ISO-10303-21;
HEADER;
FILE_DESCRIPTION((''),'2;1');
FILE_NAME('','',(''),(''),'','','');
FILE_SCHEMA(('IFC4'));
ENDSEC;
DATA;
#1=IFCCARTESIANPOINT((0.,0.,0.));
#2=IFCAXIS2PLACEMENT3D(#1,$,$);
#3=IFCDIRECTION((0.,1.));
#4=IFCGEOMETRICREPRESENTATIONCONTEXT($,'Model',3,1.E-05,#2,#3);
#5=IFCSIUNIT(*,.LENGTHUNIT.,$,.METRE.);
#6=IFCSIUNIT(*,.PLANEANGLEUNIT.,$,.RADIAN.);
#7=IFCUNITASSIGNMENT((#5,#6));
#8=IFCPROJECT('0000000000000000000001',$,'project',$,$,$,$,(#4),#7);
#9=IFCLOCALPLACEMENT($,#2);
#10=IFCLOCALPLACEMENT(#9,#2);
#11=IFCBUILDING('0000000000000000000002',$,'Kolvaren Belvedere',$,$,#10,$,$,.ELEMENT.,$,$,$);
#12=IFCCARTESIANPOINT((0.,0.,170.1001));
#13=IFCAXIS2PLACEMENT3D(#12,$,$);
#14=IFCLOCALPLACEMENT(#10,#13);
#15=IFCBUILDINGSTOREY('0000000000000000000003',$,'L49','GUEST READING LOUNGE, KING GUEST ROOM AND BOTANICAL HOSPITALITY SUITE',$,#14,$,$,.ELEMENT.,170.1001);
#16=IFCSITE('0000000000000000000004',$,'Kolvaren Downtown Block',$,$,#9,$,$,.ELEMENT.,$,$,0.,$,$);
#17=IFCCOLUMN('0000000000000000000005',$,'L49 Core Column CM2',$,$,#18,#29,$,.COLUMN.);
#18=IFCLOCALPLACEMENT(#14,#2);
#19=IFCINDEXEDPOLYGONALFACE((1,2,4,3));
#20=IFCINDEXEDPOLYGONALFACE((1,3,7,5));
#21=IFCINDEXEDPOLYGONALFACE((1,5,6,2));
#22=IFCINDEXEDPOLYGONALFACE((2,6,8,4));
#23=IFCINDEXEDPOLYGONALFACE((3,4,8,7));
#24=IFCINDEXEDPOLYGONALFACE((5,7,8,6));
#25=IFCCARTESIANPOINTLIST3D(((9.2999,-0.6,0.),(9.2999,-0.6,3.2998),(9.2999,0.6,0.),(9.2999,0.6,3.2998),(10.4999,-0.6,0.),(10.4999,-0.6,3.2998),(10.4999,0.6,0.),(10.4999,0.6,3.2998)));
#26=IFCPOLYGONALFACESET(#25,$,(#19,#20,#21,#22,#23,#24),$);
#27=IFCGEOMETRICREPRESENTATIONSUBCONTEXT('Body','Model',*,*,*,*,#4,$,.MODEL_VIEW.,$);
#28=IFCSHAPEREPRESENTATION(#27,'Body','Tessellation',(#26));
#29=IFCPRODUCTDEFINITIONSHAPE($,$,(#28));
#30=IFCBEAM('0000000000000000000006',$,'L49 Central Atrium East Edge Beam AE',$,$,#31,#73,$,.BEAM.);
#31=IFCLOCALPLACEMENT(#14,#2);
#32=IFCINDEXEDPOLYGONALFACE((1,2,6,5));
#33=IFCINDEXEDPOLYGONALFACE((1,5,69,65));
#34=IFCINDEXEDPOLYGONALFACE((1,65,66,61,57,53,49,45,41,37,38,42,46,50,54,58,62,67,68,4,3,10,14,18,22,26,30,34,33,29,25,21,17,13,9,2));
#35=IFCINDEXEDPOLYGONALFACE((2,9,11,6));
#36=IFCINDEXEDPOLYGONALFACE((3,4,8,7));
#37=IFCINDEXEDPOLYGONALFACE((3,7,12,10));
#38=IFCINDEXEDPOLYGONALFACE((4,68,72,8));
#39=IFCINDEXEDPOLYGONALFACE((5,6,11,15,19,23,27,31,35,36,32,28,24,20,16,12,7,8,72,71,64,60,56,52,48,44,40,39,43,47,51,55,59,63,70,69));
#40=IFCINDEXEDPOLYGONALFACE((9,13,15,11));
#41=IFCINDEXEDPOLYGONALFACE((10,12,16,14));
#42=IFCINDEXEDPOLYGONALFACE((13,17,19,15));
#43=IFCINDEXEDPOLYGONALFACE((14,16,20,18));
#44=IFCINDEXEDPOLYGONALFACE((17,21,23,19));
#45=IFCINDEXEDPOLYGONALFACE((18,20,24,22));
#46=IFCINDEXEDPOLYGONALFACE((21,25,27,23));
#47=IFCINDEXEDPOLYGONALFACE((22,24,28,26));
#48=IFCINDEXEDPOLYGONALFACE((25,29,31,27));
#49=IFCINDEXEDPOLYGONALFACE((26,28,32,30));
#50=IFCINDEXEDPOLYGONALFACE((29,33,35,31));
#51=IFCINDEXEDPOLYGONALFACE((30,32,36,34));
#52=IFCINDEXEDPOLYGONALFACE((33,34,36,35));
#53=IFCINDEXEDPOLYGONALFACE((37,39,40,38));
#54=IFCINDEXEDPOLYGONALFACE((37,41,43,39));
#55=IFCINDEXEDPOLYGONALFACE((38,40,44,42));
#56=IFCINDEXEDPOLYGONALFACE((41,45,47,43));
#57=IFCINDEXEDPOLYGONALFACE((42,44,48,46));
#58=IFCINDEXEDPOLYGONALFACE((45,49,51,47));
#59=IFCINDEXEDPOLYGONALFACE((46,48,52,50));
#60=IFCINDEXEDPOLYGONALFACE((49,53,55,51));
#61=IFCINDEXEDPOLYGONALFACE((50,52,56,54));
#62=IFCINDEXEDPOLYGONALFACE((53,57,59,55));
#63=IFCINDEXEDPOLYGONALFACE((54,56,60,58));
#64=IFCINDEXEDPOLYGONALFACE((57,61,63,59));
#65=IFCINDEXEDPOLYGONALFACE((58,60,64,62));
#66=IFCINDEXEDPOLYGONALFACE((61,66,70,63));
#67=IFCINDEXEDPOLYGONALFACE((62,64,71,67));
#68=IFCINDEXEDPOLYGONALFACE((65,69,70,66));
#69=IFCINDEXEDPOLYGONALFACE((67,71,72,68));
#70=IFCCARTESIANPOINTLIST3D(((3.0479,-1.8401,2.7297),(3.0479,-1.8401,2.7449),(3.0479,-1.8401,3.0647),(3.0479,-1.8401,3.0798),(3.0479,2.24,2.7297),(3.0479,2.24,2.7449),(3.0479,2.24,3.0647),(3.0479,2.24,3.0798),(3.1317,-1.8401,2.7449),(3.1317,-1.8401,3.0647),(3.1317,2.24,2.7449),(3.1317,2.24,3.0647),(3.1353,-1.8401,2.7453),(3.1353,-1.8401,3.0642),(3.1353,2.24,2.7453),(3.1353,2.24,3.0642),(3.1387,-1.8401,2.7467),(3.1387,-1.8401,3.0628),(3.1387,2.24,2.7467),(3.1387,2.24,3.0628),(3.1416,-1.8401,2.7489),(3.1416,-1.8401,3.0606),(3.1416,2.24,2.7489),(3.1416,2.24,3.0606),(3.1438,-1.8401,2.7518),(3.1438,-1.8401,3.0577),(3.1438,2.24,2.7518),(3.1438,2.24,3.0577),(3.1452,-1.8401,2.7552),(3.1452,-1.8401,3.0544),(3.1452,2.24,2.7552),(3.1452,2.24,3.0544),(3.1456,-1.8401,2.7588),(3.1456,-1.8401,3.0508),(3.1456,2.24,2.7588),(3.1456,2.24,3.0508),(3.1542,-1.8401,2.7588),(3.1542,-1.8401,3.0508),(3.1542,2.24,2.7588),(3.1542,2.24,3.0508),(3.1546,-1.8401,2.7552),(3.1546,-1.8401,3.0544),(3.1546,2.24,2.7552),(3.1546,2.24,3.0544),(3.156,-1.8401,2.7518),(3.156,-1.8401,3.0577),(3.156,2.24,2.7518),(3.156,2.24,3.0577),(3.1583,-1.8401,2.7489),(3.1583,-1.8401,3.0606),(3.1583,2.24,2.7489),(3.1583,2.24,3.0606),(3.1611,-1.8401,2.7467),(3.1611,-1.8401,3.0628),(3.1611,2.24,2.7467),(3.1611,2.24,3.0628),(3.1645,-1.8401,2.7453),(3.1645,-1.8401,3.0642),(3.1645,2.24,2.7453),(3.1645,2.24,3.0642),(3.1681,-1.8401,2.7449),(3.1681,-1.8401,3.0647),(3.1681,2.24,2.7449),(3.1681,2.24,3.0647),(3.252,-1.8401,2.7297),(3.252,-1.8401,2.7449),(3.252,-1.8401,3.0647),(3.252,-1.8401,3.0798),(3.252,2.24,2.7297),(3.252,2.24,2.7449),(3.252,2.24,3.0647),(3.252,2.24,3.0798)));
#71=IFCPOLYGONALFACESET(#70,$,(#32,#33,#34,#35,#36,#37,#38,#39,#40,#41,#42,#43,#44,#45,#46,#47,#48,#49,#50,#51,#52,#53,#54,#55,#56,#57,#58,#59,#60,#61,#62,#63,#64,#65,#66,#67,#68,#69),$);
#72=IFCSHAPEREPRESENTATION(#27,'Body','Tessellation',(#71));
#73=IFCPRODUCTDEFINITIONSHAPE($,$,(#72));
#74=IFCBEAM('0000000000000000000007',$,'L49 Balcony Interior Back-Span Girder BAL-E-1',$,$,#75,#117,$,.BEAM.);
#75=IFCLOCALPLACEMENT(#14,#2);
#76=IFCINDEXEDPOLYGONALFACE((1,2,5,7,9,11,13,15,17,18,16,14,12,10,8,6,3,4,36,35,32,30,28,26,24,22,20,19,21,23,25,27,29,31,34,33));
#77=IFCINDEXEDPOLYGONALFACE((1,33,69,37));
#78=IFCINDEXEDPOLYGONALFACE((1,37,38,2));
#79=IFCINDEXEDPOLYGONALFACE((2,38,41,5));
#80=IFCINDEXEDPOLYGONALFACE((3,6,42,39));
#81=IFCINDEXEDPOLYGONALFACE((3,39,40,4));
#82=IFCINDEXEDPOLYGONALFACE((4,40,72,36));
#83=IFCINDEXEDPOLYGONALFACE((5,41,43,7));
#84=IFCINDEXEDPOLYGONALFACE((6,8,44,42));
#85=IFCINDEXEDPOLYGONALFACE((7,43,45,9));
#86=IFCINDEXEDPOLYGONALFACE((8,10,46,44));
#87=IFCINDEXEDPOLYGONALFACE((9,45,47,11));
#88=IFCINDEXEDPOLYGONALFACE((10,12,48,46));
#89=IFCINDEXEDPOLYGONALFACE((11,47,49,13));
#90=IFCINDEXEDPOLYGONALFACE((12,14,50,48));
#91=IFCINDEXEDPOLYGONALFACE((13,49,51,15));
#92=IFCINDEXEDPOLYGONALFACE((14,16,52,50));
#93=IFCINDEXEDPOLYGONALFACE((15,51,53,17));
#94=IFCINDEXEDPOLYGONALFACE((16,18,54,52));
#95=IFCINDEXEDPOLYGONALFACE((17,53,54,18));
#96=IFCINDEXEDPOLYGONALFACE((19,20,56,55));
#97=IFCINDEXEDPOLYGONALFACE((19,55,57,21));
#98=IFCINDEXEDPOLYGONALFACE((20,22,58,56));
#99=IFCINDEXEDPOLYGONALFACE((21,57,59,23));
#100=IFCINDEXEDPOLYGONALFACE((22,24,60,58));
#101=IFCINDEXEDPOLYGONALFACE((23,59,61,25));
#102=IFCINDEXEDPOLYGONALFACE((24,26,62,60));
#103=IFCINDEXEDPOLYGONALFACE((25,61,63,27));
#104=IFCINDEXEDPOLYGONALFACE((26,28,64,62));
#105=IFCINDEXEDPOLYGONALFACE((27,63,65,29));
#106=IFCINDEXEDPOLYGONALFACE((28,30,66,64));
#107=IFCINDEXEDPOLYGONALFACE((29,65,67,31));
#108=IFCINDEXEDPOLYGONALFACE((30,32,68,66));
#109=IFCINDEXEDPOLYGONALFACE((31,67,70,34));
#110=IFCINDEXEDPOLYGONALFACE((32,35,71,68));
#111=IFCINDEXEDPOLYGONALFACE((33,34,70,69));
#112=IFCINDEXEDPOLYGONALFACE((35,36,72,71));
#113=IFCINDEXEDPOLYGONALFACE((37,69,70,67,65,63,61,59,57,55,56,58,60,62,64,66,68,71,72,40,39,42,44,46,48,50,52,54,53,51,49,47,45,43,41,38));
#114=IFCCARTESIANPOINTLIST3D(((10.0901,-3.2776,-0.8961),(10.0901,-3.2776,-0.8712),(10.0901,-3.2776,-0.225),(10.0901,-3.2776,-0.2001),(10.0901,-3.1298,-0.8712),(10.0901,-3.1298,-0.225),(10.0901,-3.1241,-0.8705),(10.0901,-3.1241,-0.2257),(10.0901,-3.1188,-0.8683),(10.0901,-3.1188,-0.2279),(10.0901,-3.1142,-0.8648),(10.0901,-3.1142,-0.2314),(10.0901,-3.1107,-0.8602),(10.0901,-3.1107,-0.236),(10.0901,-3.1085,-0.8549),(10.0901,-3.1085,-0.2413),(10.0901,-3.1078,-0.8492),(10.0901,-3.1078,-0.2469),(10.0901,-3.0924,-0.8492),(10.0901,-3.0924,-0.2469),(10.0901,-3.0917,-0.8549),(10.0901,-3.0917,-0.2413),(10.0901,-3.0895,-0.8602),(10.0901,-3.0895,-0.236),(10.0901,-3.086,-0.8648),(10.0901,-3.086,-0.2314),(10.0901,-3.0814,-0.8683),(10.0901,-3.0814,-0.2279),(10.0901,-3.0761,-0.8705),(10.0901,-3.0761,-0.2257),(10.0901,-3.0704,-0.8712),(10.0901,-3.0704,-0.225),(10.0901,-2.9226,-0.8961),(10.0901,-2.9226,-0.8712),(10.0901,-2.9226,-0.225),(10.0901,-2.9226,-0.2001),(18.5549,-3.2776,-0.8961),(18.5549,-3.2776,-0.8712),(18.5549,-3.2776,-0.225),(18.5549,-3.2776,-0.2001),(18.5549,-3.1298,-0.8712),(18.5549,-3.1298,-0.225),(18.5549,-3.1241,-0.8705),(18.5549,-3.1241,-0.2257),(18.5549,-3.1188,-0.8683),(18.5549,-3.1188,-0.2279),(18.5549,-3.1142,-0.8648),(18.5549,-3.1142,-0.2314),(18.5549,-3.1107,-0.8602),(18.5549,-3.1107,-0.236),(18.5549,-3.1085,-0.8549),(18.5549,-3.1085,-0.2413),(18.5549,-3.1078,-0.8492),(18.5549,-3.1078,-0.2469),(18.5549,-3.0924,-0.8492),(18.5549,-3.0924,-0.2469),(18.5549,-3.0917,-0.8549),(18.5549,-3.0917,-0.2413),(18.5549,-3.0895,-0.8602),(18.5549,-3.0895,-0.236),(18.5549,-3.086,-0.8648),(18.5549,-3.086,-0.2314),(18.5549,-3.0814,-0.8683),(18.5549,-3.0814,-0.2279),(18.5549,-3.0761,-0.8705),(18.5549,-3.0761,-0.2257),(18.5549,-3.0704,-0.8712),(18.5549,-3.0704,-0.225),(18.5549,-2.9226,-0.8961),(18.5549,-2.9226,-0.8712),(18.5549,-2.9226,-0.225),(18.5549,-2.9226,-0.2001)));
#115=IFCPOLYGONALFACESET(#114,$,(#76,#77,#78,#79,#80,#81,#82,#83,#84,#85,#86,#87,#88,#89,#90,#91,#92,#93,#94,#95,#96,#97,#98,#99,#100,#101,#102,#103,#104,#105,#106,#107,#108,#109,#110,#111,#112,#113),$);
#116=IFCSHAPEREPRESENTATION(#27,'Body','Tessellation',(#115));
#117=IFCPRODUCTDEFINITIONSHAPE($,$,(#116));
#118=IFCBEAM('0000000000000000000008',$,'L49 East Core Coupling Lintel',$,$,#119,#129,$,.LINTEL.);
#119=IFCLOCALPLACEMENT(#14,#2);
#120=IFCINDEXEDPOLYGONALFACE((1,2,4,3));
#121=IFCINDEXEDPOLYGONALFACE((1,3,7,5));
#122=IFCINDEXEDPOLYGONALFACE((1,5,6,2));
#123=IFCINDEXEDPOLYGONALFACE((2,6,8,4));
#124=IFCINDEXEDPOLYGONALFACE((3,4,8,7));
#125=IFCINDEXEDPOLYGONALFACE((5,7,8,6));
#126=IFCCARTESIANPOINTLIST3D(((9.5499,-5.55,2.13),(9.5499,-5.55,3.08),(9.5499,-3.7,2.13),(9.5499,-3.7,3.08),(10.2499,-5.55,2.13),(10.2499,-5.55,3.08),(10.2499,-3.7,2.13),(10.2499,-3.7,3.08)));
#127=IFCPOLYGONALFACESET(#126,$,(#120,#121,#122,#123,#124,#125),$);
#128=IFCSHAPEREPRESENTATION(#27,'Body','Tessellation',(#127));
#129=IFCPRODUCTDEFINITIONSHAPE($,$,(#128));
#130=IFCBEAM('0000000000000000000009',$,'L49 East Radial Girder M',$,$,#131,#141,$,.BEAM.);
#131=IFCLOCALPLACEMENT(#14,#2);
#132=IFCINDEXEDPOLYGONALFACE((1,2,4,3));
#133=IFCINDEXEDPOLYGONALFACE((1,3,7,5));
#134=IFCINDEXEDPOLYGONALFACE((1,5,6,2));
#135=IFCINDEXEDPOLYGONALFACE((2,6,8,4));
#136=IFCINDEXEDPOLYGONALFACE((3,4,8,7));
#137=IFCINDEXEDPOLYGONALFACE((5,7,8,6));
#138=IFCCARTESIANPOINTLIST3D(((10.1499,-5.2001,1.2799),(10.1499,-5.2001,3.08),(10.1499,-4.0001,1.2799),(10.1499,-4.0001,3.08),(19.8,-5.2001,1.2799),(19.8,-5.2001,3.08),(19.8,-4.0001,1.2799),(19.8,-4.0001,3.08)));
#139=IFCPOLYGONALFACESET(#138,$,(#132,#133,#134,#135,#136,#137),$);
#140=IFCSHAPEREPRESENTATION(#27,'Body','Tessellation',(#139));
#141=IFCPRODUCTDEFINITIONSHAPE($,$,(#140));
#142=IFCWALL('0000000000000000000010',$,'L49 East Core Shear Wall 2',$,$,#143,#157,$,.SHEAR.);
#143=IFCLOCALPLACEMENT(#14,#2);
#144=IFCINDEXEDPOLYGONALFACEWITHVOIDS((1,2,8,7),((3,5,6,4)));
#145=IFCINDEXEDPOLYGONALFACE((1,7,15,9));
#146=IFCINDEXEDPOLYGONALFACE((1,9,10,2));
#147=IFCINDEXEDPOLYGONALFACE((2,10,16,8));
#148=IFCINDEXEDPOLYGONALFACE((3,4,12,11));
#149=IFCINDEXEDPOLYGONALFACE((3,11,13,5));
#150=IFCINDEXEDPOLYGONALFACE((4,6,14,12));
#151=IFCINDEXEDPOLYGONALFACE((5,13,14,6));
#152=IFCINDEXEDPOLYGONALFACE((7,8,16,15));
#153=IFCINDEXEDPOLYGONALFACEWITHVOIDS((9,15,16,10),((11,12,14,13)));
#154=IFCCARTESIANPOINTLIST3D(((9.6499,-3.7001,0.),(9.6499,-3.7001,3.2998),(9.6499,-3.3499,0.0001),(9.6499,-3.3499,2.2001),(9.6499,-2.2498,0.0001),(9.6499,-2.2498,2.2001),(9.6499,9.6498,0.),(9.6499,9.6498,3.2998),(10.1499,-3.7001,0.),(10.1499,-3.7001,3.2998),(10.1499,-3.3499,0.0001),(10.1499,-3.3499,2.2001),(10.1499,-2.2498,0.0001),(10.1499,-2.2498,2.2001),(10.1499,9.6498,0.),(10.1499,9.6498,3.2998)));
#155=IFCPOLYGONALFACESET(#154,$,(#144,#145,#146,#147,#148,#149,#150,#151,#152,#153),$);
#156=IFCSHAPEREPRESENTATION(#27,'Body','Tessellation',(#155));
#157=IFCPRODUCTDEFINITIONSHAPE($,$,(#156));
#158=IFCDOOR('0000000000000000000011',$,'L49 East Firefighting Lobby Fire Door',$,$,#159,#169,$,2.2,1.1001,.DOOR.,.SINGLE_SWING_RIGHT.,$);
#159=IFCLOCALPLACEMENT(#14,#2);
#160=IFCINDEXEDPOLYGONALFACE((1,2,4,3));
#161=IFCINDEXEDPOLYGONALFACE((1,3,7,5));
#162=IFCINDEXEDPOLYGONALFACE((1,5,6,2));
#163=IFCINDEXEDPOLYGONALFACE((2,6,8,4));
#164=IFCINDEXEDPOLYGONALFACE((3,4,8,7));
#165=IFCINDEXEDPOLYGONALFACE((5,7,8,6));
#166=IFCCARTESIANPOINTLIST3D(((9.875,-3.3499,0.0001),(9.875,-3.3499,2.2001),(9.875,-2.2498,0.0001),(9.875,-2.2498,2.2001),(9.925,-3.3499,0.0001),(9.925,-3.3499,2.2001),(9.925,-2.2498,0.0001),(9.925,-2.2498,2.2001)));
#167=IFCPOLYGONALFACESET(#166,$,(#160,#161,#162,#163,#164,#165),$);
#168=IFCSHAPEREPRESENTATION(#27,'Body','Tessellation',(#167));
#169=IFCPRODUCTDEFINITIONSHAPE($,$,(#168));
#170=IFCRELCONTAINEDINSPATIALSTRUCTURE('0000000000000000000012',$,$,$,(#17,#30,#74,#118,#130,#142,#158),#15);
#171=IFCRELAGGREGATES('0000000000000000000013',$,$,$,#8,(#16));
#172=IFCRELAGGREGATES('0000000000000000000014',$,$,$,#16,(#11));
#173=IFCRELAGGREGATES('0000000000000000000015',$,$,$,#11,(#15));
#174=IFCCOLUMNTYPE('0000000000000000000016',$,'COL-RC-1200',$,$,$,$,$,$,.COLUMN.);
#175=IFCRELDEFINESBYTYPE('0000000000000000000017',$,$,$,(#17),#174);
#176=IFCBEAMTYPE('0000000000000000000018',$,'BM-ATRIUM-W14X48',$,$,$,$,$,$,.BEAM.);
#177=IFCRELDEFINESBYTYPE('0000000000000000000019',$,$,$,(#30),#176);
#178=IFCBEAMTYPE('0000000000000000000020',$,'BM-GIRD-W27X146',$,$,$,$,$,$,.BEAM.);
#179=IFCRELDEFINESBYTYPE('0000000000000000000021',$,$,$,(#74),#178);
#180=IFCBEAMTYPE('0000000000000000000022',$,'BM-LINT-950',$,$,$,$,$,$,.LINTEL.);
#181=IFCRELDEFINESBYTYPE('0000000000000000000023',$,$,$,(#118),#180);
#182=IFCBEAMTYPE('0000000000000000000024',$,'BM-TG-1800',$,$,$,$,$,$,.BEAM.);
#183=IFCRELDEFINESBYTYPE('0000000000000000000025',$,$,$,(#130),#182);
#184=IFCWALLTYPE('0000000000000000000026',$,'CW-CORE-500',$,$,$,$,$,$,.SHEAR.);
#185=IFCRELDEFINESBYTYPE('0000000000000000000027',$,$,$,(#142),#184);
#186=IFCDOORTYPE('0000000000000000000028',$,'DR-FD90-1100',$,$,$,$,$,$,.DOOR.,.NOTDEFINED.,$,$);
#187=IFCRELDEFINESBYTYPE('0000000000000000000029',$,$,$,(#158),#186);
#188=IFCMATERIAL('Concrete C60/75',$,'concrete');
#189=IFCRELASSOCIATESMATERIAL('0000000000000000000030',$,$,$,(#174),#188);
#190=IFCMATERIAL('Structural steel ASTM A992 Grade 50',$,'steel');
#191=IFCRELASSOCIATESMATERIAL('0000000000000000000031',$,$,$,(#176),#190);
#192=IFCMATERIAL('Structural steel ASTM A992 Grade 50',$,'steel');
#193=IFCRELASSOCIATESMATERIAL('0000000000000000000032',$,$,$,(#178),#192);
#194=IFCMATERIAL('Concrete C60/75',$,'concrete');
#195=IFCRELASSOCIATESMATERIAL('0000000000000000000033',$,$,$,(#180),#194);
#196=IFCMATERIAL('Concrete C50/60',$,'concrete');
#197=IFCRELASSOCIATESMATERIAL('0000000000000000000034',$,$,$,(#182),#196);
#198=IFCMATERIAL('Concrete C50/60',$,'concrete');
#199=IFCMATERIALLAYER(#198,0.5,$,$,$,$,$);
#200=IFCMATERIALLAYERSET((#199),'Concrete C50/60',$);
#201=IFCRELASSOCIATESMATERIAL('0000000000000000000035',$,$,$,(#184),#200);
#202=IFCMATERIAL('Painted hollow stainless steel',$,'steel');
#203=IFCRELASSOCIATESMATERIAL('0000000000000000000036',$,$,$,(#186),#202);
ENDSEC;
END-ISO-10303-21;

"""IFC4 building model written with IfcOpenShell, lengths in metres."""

from ifc_helpers import new_model, si_unit, direction, frame, frame_2d, origin, origin_2d, place, context, subcontext, project, spatial, rectangle, i_section, extrude, material, layer, layer_set, material_profile, profile_set, type_object, element, fill, save


model = new_model("IFC4")

# Units and contexts
model_context = context("Model", 3, precision=1e-05, world=origin(), true_north=direction((0.0, 1.0)))
body_context = subcontext(model_context, "Body", "Model", "MODEL_VIEW")
ifc_project = project(units=[si_unit("LENGTHUNIT", "METRE"), si_unit("PLANEANGLEUNIT", "RADIAN")], contexts=[model_context])

# Site, building, storey
site_placement = place(None, origin())
site = spatial("IfcSite", under=ifc_project, at=site_placement, Name="Kolvaren Downtown Block", CompositionType="ELEMENT", RefElevation=0.0)
building_placement = place(site_placement, origin())
building = spatial("IfcBuilding", under=site, at=building_placement, Name="Kolvaren Belvedere", CompositionType="ELEMENT")
storey_placement = place(building_placement, frame((0.0, 0.0, 170.1001)))
storey = spatial("IfcBuildingStorey", under=building, at=storey_placement, Name="L49", Description="GUEST READING LOUNGE, KING GUEST ROOM AND BOTANICAL HOSPITALITY SUITE", CompositionType="ELEMENT", Elevation=170.1001)

# Column
ifc_material_1 = material(Name="Concrete C60/75", Category="concrete")
ifc_material_profile_1 = material_profile(ifc_material_1, rectangle(XDim=1.2, YDim=1.2, at=origin_2d()), Name="RC 1200X1200")
ifc_profile_set_1 = profile_set([ifc_material_profile_1], Name="Concrete C60/75")
column_type = type_object("IfcColumnType", Name="COL-RC-1200", PredefinedType="COLUMN", material=ifc_profile_set_1)
column_placement = place(storey_placement, frame((9.8999, 0.0, 0.0), z_axis=(0.0, 0.0, 1.0), x_axis=(1.0, 0.0, 0.0)))
element("IfcColumn", 1, at=column_placement, inside=storey, type_object=column_type, Name="L49 Core Column CM2", PredefinedType="COLUMN", context=body_context, shape_type="SweptSolid", body=[
    extrude(rectangle(XDim=1.2, YDim=1.2, at=origin_2d()), origin(), (0.0, 0.0, 1.0), 3.2998),
])

# Beams
ifc_material_2 = material(Name="Structural steel ASTM A992 Grade 50", Category="steel")
ifc_material_profile_2 = material_profile(ifc_material_2, i_section(OverallWidth=0.2041, OverallDepth=0.3501, WebThickness=0.0085, FlangeThickness=0.0151, FilletRadius=0.0139, at=origin_2d()), Name="W14X48")
ifc_profile_set_2 = profile_set([ifc_material_profile_2], Name="Structural steel ASTM A992 Grade 50")
beam_type_1 = type_object("IfcBeamType", Name="BM-ATRIUM-W14X48", PredefinedType="BEAM", material=ifc_profile_set_2)
beam_1_placement = place(storey_placement, frame((3.1499, -1.8401, 2.9048), z_axis=(0.0, 1.0, 0.0), x_axis=(-1.0, 0.0, 0.0)))
element("IfcBeam", 2, at=beam_1_placement, inside=storey, type_object=beam_type_1, Name="L49 Central Atrium East Edge Beam AE", PredefinedType="BEAM", context=body_context, shape_type="SweptSolid", body=[
    extrude(i_section(OverallWidth=0.2041, OverallDepth=0.3501, WebThickness=0.0085, FlangeThickness=0.0151, FilletRadius=0.0139, at=origin_2d()), origin(), (0.0, 0.0, 1.0), 4.0801),
])
ifc_material_3 = material(Name="Structural steel ASTM A992 Grade 50", Category="steel")
ifc_material_profile_3 = material_profile(ifc_material_3, i_section(OverallWidth=0.355, OverallDepth=0.696, WebThickness=0.0154, FlangeThickness=0.0249, FilletRadius=0.022, at=origin_2d()), Name="W27X146")
ifc_profile_set_3 = profile_set([ifc_material_profile_3], Name="Structural steel ASTM A992 Grade 50")
beam_type_2 = type_object("IfcBeamType", Name="BM-GIRD-W27X146", PredefinedType="BEAM", material=ifc_profile_set_3)
beam_2_placement = place(storey_placement, frame((10.0901, -3.1001, -0.5481), z_axis=(1.0, 0.0, 0.0), x_axis=(0.0, 1.0, 0.0)))
element("IfcBeam", 3, at=beam_2_placement, inside=storey, type_object=beam_type_2, Name="L49 Balcony Interior Back-Span Girder BAL-E-1", PredefinedType="BEAM", context=body_context, shape_type="SweptSolid", body=[
    extrude(i_section(OverallWidth=0.355, OverallDepth=0.696, WebThickness=0.0154, FlangeThickness=0.0249, FilletRadius=0.022, at=origin_2d()), origin(), (0.0, 0.0, 1.0), 8.4648),
])
ifc_material_4 = material(Name="Concrete C60/75", Category="concrete")
ifc_material_profile_4 = material_profile(ifc_material_4, rectangle(XDim=0.7, YDim=0.95, at=origin_2d()), Name="RC 700X950")
ifc_profile_set_4 = profile_set([ifc_material_profile_4], Name="Concrete C60/75")
beam_type_3 = type_object("IfcBeamType", Name="BM-LINT-950", PredefinedType="LINTEL", material=ifc_profile_set_4)
beam_3_placement = place(storey_placement, frame((9.8999, -5.55, 2.605), z_axis=(0.0, 1.0, 0.0), x_axis=(-1.0, 0.0, 0.0)))
element("IfcBeam", 4, at=beam_3_placement, inside=storey, type_object=beam_type_3, Name="L49 East Core Coupling Lintel", PredefinedType="LINTEL", context=body_context, shape_type="SweptSolid", body=[
    extrude(rectangle(XDim=0.7, YDim=0.95, at=origin_2d()), origin(), (0.0, 0.0, 1.0), 1.8501),
])
ifc_material_5 = material(Name="Concrete C50/60", Category="concrete")
ifc_material_profile_5 = material_profile(ifc_material_5, rectangle(XDim=1.2, YDim=1.8, at=origin_2d()), Name="RC 1200X1800")
ifc_profile_set_5 = profile_set([ifc_material_profile_5], Name="Concrete C50/60")
beam_type_4 = type_object("IfcBeamType", Name="BM-TG-1800", PredefinedType="BEAM", material=ifc_profile_set_5)
beam_4_placement = place(storey_placement, frame((10.1499, -4.6001, 2.1799), z_axis=(1.0, 0.0, 0.0), x_axis=(0.0, 1.0, 0.0)))
element("IfcBeam", 5, at=beam_4_placement, inside=storey, type_object=beam_type_4, Name="L49 East Radial Girder M", PredefinedType="BEAM", context=body_context, shape_type="SweptSolid", body=[
    extrude(rectangle(XDim=1.2, YDim=1.8, at=origin_2d()), origin(), (0.0, 0.0, 1.0), 9.6501),
])

# Wall, opening, door
ifc_material_6 = material(Name="Concrete C50/60", Category="concrete")
ifc_layer_1 = layer(ifc_material_6, 0.5)
ifc_layer_set_1 = layer_set([ifc_layer_1], Name="Concrete C50/60")
wall_type_1 = type_object("IfcWallType", Name="CW-CORE-500", PredefinedType="SHEAR", material=ifc_layer_set_1)
wall_1_placement = place(storey_placement, frame((9.8999, -3.7, 0.0), z_axis=(0.0, 0.0, 1.0), x_axis=(0.0, 1.0, 0.0)))
wall_1 = element("IfcWall", 6, at=wall_1_placement, inside=storey, type_object=wall_type_1, Name="L49 East Core Shear Wall 2", PredefinedType="SHEAR", context=body_context, shape_type="SweptSolid", body=[
    extrude(rectangle(XDim=13.3499, YDim=0.5, at=frame_2d((6.6748, 0.0))), origin(), (0.0, 0.0, 1.0), 3.2998),
])
opening_1_placement = place(wall_1_placement, frame((0.3501, 0.0, 0.0)))
opening_1 = element("IfcOpeningElement", 7, at=opening_1_placement, cuts=wall_1, PredefinedType="OPENING", context=body_context, shape_type="SweptSolid", body=[
    extrude(rectangle(XDim=1.1001, YDim=2.2, at=frame_2d((0.55, 1.1001))), frame((0.0, 0.26, 0.0), z_axis=(0.0, -1.0, 0.0), x_axis=(1.0, 0.0, 0.0)), (0.0, 0.0, 1.0), 0.52),
])
ifc_material_7 = material(Name="Painted hollow stainless steel", Category="steel")
door_type_1 = type_object("IfcDoorType", Name="DR-FD90-1100", OperationType="NOTDEFINED", PredefinedType="DOOR", material=ifc_material_7)
door_1_placement = place(opening_1_placement, origin())
door_1 = element("IfcDoor", 8, at=door_1_placement, inside=storey, type_object=door_type_1, Name="L49 East Firefighting Lobby Fire Door", OperationType="SINGLE_SWING_RIGHT", OverallHeight=2.2, OverallWidth=1.1001, PredefinedType="DOOR", context=body_context, shape_type="SweptSolid", body=[
    extrude(rectangle(XDim=1.1001, YDim=2.2, at=frame_2d((0.55, 1.1001))), frame((0.0, 0.0249, 0.0), z_axis=(0.0, -1.0, 0.0), x_axis=(1.0, 0.0, 0.0)), (0.0, 0.0, 1.0), 0.05),
])
fill(opening_1, door_1)

save(model, "model.ifc")
